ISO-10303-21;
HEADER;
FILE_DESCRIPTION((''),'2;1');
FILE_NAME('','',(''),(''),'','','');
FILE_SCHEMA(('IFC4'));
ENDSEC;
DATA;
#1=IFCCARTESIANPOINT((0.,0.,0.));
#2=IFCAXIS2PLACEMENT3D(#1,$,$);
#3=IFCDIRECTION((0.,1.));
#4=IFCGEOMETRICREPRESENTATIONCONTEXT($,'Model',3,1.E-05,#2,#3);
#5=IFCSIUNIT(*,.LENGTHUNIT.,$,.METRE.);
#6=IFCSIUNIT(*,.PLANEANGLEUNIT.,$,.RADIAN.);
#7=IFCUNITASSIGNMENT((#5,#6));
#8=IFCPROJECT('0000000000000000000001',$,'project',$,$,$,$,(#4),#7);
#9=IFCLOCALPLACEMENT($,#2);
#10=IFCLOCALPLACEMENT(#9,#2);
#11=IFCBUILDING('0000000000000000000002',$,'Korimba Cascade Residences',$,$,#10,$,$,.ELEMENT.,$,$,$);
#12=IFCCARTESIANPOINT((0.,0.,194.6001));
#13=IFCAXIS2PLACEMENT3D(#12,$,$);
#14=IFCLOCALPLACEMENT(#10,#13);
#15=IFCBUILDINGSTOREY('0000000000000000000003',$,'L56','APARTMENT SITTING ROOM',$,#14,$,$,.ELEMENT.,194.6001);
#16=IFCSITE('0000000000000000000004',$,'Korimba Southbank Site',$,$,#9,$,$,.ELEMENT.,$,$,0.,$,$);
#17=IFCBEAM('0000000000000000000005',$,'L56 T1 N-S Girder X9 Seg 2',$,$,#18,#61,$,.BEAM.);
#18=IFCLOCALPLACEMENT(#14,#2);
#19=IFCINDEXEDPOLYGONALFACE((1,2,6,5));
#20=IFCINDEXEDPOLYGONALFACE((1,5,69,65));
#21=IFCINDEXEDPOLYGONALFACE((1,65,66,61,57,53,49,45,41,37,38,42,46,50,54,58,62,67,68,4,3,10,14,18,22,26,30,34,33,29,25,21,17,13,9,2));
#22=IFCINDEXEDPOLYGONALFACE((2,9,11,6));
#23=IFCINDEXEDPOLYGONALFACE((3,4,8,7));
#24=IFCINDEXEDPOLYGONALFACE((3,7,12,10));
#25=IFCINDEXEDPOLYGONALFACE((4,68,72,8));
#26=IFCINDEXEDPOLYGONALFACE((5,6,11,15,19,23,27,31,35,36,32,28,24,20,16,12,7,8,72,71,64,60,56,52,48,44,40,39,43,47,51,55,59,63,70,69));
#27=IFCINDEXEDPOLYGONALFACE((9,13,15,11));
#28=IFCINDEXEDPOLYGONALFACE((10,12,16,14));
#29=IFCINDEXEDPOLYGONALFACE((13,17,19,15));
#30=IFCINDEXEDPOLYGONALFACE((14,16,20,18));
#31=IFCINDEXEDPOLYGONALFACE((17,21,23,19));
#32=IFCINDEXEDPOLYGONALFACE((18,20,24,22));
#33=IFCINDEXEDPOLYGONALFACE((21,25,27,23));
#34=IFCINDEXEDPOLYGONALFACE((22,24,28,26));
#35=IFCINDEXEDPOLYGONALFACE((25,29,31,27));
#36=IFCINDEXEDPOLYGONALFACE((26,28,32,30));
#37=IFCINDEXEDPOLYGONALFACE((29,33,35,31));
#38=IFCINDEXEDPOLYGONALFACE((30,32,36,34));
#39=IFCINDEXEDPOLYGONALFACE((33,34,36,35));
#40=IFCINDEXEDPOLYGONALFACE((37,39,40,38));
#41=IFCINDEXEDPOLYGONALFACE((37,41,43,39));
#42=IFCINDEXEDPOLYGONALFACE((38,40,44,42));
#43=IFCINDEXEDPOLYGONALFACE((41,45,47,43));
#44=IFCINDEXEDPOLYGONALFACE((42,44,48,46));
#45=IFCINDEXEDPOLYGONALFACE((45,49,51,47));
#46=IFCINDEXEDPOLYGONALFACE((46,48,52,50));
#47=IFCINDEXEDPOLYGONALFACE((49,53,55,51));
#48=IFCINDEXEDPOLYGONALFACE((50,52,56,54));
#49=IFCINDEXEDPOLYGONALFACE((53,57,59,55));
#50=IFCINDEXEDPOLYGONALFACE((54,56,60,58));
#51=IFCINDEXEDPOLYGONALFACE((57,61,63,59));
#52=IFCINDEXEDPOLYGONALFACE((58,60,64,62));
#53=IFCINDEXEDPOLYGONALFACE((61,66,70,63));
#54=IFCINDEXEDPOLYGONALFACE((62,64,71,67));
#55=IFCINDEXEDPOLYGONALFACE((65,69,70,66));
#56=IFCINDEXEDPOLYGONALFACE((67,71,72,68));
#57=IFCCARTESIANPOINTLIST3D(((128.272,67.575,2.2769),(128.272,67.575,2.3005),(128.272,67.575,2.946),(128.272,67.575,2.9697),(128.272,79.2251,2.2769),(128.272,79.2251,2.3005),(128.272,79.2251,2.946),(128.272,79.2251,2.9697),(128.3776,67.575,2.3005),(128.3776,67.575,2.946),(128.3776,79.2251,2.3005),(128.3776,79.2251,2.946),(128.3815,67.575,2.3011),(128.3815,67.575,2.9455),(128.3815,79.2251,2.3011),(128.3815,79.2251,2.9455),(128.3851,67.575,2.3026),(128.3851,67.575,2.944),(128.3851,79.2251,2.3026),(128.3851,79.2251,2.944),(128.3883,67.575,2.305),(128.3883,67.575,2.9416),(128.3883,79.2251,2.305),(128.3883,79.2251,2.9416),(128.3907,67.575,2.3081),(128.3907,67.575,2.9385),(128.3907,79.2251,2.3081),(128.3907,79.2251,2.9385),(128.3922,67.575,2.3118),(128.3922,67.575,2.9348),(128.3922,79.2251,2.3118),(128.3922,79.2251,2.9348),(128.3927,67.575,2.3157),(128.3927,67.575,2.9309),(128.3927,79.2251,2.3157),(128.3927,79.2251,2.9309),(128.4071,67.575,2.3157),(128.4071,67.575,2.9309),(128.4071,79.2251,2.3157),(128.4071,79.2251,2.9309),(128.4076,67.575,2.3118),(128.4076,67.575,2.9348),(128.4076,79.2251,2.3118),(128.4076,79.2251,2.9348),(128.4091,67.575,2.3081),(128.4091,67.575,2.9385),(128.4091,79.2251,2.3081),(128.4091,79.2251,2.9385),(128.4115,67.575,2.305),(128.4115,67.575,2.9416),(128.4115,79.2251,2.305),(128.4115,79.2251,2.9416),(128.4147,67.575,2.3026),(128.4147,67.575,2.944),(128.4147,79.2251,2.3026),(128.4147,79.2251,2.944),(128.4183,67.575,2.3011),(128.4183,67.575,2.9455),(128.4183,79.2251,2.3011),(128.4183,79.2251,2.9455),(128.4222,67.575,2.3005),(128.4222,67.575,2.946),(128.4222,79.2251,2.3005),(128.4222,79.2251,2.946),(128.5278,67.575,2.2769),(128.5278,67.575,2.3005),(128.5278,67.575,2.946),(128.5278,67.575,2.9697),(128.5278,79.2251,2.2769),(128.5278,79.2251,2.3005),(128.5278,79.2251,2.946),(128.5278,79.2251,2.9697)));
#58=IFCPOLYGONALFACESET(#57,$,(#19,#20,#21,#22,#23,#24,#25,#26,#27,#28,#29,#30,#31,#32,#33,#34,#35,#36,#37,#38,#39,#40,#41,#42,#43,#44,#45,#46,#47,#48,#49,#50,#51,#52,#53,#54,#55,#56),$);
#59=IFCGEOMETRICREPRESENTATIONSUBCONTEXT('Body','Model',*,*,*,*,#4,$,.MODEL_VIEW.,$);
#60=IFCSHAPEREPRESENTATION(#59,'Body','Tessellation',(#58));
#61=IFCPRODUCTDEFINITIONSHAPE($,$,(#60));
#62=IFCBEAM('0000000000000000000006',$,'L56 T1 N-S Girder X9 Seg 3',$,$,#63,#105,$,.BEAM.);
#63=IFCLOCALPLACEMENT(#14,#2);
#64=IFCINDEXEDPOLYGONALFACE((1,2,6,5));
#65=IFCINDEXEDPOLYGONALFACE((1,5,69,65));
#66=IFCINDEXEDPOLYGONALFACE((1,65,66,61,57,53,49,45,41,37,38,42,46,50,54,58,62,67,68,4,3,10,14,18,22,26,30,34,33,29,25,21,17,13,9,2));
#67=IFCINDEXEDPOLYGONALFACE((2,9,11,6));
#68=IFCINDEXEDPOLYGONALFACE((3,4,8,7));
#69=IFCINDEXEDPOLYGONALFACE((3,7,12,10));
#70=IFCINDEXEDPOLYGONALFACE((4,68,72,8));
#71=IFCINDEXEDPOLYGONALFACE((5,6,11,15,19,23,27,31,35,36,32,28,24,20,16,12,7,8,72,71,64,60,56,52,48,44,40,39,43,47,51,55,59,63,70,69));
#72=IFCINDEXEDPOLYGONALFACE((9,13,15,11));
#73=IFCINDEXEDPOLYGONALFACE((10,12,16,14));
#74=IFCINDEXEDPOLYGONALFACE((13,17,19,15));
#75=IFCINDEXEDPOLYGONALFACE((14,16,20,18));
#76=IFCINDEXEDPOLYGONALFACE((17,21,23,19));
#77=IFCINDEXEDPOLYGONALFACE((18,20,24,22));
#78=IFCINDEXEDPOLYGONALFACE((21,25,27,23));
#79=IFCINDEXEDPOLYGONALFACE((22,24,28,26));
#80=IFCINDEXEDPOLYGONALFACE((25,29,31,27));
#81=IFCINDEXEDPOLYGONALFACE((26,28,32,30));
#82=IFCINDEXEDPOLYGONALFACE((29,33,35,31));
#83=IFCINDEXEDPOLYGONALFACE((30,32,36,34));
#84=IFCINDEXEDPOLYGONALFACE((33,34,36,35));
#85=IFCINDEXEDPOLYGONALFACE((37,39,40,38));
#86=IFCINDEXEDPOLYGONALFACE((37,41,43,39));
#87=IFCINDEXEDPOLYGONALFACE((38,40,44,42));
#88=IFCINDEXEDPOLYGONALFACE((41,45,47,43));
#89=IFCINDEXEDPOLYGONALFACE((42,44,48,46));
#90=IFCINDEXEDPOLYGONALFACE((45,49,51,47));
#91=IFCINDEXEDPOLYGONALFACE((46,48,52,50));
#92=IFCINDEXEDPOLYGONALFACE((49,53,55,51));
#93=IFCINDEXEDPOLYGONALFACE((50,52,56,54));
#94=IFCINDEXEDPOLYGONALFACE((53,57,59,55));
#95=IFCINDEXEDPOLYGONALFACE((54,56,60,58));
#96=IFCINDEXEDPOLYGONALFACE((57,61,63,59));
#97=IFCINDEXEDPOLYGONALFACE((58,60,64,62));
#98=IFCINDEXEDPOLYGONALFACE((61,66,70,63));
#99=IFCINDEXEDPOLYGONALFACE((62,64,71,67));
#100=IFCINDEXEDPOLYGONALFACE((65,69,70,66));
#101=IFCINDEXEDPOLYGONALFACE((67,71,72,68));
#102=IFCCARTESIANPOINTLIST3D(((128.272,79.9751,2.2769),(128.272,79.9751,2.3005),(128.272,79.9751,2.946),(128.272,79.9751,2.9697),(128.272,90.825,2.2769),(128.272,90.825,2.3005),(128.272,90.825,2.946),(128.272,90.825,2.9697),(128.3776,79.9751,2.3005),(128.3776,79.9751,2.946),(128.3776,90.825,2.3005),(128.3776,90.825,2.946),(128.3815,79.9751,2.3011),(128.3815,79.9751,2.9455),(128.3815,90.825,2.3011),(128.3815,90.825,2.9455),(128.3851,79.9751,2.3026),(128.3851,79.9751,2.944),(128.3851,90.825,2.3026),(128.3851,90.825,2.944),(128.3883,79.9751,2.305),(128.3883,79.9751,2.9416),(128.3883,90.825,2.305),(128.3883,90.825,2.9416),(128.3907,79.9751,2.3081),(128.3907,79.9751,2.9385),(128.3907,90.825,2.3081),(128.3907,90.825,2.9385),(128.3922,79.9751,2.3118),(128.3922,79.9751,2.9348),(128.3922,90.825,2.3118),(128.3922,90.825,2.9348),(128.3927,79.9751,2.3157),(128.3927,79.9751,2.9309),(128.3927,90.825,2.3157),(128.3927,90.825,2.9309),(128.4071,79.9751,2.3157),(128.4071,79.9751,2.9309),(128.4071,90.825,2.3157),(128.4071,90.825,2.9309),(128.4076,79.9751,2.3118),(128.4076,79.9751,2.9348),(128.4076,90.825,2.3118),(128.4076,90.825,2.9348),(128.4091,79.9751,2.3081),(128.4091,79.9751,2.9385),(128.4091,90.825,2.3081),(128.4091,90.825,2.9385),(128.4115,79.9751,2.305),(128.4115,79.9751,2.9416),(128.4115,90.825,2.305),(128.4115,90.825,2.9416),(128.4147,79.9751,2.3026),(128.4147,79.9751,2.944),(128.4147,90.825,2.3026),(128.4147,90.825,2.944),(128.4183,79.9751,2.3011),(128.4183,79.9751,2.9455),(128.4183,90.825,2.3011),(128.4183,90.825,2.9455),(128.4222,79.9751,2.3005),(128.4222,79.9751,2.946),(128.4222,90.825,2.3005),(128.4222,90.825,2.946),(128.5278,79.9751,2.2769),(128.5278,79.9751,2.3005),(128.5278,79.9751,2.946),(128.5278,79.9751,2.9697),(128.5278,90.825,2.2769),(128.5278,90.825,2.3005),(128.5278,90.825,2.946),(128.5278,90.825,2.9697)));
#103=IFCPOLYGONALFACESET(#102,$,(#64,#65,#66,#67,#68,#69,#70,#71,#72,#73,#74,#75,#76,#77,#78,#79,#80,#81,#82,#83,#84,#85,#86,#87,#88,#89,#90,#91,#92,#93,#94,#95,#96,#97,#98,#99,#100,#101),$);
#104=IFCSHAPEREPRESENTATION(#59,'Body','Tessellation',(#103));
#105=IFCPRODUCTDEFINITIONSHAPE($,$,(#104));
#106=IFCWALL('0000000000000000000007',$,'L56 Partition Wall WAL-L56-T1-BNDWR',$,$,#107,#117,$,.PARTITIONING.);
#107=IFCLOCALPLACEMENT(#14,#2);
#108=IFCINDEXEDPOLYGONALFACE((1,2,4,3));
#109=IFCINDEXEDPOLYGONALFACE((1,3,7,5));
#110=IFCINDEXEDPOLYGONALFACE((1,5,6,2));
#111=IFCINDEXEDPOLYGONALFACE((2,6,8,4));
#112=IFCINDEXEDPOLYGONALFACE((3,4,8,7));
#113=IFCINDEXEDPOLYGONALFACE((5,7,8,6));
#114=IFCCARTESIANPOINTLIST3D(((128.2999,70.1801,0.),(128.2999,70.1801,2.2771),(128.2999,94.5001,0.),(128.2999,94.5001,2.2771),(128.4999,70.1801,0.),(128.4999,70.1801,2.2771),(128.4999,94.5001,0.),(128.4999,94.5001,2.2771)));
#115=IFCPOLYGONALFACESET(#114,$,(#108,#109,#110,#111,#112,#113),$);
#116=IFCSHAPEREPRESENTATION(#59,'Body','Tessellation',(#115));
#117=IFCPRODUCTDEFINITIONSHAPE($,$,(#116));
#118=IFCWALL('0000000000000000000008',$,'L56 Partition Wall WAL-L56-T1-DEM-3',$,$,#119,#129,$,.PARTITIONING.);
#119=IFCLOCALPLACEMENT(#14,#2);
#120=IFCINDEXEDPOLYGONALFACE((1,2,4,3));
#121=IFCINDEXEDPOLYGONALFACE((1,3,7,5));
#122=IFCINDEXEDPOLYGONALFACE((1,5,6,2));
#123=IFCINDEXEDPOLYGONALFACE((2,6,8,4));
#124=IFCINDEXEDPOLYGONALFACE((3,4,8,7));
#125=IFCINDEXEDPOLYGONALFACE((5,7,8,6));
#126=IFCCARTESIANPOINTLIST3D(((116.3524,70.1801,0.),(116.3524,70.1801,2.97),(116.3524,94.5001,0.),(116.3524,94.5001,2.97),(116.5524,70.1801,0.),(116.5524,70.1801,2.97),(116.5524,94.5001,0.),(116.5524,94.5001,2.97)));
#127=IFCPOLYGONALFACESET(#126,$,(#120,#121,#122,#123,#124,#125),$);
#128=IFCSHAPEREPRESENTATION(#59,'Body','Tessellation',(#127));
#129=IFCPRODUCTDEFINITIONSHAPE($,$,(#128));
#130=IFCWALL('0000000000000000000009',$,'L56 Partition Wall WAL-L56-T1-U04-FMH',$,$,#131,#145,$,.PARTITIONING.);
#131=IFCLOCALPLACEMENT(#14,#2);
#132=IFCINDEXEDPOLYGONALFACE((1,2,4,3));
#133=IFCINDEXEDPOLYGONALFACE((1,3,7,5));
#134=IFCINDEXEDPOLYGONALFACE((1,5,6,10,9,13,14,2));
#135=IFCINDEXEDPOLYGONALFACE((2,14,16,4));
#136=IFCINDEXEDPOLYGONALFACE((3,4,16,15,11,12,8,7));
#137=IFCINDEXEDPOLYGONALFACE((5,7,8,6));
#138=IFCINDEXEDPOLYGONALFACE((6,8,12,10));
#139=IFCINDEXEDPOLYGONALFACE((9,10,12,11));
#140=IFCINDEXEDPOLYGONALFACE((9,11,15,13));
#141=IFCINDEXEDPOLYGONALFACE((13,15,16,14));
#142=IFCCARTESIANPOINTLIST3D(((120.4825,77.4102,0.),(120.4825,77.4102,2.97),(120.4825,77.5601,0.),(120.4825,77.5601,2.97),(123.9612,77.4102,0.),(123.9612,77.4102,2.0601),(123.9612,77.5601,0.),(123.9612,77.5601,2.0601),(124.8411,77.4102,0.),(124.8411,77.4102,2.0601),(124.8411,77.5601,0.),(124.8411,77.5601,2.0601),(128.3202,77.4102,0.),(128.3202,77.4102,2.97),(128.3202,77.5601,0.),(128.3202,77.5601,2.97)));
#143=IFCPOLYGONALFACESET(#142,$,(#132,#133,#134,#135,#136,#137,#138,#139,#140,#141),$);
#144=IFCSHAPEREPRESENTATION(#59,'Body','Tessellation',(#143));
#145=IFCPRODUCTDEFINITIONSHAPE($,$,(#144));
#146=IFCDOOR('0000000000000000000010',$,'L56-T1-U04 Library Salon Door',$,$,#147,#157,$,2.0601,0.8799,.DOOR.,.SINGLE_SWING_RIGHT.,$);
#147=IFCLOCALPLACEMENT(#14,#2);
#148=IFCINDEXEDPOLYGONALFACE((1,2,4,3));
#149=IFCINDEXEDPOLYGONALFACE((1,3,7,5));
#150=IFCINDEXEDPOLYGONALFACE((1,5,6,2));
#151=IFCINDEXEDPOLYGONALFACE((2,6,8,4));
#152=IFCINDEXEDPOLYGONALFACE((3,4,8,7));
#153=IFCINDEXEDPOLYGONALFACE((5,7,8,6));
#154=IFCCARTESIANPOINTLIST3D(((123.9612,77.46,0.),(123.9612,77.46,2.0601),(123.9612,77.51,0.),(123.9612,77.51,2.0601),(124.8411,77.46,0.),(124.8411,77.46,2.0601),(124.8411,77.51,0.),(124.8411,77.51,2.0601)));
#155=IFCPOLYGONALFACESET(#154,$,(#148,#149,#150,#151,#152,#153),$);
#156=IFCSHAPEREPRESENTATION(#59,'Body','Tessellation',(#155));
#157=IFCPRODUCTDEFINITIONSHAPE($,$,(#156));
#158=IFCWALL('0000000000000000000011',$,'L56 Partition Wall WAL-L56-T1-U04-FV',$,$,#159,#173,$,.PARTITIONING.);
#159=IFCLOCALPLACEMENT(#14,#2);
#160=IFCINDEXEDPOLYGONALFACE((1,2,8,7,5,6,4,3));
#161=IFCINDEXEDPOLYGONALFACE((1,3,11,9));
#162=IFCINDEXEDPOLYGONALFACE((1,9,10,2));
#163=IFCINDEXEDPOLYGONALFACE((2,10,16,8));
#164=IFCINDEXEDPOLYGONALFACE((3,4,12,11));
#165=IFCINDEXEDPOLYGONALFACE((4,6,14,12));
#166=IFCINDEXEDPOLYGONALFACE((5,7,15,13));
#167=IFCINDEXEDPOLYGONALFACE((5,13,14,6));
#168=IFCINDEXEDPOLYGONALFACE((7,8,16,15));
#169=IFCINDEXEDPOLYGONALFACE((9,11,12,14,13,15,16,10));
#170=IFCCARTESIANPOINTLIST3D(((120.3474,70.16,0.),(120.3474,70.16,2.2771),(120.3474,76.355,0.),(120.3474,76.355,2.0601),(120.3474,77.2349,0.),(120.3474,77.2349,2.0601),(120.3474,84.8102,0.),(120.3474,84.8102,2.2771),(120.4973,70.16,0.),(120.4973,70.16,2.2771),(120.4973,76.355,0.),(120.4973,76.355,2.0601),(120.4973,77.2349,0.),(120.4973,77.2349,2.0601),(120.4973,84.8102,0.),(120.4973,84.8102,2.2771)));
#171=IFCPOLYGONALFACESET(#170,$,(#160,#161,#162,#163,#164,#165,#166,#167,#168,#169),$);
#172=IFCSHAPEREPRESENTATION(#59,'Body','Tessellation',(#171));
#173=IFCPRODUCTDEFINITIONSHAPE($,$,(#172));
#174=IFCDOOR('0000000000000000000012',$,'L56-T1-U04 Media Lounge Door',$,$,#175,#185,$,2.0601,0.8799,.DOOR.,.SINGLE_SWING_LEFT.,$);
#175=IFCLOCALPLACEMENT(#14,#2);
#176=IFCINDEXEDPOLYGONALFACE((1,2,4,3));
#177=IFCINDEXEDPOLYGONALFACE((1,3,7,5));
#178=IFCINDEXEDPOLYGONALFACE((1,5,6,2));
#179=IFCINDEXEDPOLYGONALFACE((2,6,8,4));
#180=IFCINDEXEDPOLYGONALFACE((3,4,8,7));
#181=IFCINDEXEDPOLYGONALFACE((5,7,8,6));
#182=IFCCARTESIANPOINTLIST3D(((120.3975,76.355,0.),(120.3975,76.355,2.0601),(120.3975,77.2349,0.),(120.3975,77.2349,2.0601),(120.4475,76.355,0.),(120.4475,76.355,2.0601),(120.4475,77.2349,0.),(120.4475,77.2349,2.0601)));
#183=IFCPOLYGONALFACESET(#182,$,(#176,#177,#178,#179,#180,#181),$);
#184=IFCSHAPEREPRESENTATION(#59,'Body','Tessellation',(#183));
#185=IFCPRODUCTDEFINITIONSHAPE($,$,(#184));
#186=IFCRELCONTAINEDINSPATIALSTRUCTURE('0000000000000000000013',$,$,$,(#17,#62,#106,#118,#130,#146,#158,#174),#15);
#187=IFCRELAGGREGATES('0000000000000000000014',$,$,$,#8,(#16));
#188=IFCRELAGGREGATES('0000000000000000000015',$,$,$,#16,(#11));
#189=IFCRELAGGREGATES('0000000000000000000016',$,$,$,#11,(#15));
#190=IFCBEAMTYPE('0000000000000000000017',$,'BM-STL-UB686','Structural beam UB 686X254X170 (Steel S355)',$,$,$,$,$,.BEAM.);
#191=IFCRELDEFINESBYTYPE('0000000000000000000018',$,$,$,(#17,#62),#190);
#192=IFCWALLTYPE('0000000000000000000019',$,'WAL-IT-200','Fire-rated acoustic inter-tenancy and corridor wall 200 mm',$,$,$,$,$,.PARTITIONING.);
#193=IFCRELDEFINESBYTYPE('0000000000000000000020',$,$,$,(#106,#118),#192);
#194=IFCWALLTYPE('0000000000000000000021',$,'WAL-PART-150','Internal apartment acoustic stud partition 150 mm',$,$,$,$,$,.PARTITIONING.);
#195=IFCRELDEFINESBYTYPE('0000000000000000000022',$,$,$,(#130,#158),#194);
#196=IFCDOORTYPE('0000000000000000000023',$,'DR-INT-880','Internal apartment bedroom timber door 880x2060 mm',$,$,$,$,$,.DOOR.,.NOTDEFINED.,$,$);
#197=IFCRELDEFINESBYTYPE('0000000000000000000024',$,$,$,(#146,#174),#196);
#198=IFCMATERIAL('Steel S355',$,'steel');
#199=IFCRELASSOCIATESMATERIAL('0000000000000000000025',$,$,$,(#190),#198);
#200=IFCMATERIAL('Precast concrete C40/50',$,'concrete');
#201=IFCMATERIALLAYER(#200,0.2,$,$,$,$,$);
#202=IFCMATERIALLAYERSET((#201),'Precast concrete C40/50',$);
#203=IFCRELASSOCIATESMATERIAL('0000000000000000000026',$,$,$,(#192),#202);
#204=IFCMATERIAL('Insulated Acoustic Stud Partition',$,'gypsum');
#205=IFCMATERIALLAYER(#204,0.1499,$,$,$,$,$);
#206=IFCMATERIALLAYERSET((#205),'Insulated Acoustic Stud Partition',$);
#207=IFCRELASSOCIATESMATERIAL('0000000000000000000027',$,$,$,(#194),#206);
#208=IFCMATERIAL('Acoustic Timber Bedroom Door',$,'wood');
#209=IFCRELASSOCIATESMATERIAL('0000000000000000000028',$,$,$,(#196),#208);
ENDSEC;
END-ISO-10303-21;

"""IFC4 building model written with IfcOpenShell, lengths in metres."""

from ifc_helpers import new_model, si_unit, direction, frame, frame_2d, origin, origin_2d, place, context, subcontext, project, spatial, rectangle, i_section, extrude, material, layer, layer_set, material_profile, profile_set, type_object, element, fill, save


model = new_model("IFC4")

# Units and contexts
model_context = context("Model", 3, precision=1e-05, world=origin(), true_north=direction((0.0, 1.0)))
body_context = subcontext(model_context, "Body", "Model", "MODEL_VIEW")
ifc_project = project(units=[si_unit("LENGTHUNIT", "METRE"), si_unit("PLANEANGLEUNIT", "RADIAN")], contexts=[model_context])

# Site, building, storey
site_placement = place(None, origin())
site = spatial("IfcSite", under=ifc_project, at=site_placement, Name="Korimba Southbank Site", CompositionType="ELEMENT", RefElevation=0.0)
building_placement = place(site_placement, origin())
building = spatial("IfcBuilding", under=site, at=building_placement, Name="Korimba Cascade Residences", CompositionType="ELEMENT")
storey_placement = place(building_placement, frame((0.0, 0.0, 194.6001)))
storey = spatial("IfcBuildingStorey", under=building, at=storey_placement, Name="L56", Description="APARTMENT SITTING ROOM", CompositionType="ELEMENT", Elevation=194.6001)

# Beams
ifc_material_1 = material(Name="Steel S355", Category="steel")
ifc_material_profile_1 = material_profile(ifc_material_1, i_section(OverallWidth=0.2559, OverallDepth=0.6929, WebThickness=0.0144, FlangeThickness=0.0237, FilletRadius=0.0151, at=origin_2d()), Name="Steel S355")
ifc_profile_set_1 = profile_set([ifc_material_profile_1], Name="Steel S355")
beam_type_1 = type_object("IfcBeamType", Name="BM-STL-UB686", Description="Structural beam UB 686X254X170 (Steel S355)", PredefinedType="BEAM", material=ifc_profile_set_1)
beam_1_placement = place(storey_placement, frame((128.3999, 67.575, 2.6233), z_axis=(0.0, 1.0, 0.0), x_axis=(-1.0, 0.0, 0.0)))
element("IfcBeam", 1, at=beam_1_placement, inside=storey, type_object=beam_type_1, Name="L56 T1 N-S Girder X9 Seg 2", PredefinedType="BEAM", context=body_context, shape_type="SweptSolid", body=[
    extrude(i_section(OverallWidth=0.2559, OverallDepth=0.6929, WebThickness=0.0144, FlangeThickness=0.0237, FilletRadius=0.0151, at=origin_2d()), origin(), (0.0, 0.0, 1.0), 11.6501),
])
beam_2_placement = place(storey_placement, frame((128.3999, 79.9751, 2.6233), z_axis=(0.0, 1.0, 0.0), x_axis=(-1.0, 0.0, 0.0)))
element("IfcBeam", 2, at=beam_2_placement, inside=storey, type_object=beam_type_1, Name="L56 T1 N-S Girder X9 Seg 3", PredefinedType="BEAM", context=body_context, shape_type="SweptSolid", body=[
    extrude(i_section(OverallWidth=0.2559, OverallDepth=0.6929, WebThickness=0.0144, FlangeThickness=0.0237, FilletRadius=0.0151, at=origin_2d()), origin(), (0.0, 0.0, 1.0), 10.8499),
])

# Walls
ifc_material_2 = material(Name="Precast concrete C40/50", Category="concrete")
ifc_layer_1 = layer(ifc_material_2, 0.2)
ifc_layer_set_1 = layer_set([ifc_layer_1], Name="Precast concrete C40/50")
wall_type_1 = type_object("IfcWallType", Name="WAL-IT-200", Description="Fire-rated acoustic inter-tenancy and corridor wall 200 mm", PredefinedType="PARTITIONING", material=ifc_layer_set_1)
wall_1_placement = place(storey_placement, frame((128.3999, 70.1799, 0.0), z_axis=(0.0, 0.0, 1.0), x_axis=(0.0, 1.0, 0.0)))
element("IfcWall", 3, at=wall_1_placement, inside=storey, type_object=wall_type_1, Name="L56 Partition Wall WAL-L56-T1-BNDWR", PredefinedType="PARTITIONING", context=body_context, shape_type="SweptSolid", body=[
    extrude(rectangle(XDim=24.3201, YDim=0.2, at=frame_2d((12.1602, 0.0))), origin(), (0.0, 0.0, 1.0), 2.2771),
])
wall_2_placement = place(storey_placement, frame((116.4524, 70.1799, 0.0), z_axis=(0.0, 0.0, 1.0), x_axis=(0.0, 1.0, 0.0)))
element("IfcWall", 4, at=wall_2_placement, inside=storey, type_object=wall_type_1, Name="L56 Partition Wall WAL-L56-T1-DEM-3", PredefinedType="PARTITIONING", context=body_context, shape_type="SweptSolid", body=[
    extrude(rectangle(XDim=24.3201, YDim=0.2, at=frame_2d((12.1602, 0.0))), origin(), (0.0, 0.0, 1.0), 2.97),
])

# Walls, openings, doors
ifc_material_3 = material(Name="Insulated Acoustic Stud Partition", Category="gypsum")
ifc_layer_2 = layer(ifc_material_3, 0.1499)
ifc_layer_set_2 = layer_set([ifc_layer_2], Name="Insulated Acoustic Stud Partition")
wall_type_2 = type_object("IfcWallType", Name="WAL-PART-150", Description="Internal apartment acoustic stud partition 150 mm", PredefinedType="PARTITIONING", material=ifc_layer_set_2)
wall_3_placement = place(storey_placement, frame((120.4824, 77.4851, 0.0), z_axis=(0.0, 0.0, 1.0), x_axis=(1.0, 0.0, 0.0)))
wall_3 = element("IfcWall", 5, at=wall_3_placement, inside=storey, type_object=wall_type_2, Name="L56 Partition Wall WAL-L56-T1-U04-FMH", PredefinedType="PARTITIONING", context=body_context, shape_type="SweptSolid", body=[
    extrude(rectangle(XDim=7.8376, YDim=0.1499, at=frame_2d((3.9189, 0.0))), origin(), (0.0, 0.0, 1.0), 2.97),
])
opening_1_placement = place(wall_3_placement, frame((3.4788, 0.0, 0.0)))
opening_1 = element("IfcOpeningElement", 6, at=opening_1_placement, cuts=wall_3, PredefinedType="OPENING", context=body_context, shape_type="SweptSolid", body=[
    extrude(rectangle(XDim=0.8799, YDim=2.0601, at=frame_2d((0.4399, 1.03))), frame((0.0, 0.085, 0.0), z_axis=(0.0, -1.0, 0.0), x_axis=(1.0, 0.0, 0.0)), (0.0, 0.0, 1.0), 0.1699),
])
ifc_material_4 = material(Name="Acoustic Timber Bedroom Door", Category="wood")
door_type_1 = type_object("IfcDoorType", Name="DR-INT-880", Description="Internal apartment bedroom timber door 880x2060 mm", OperationType="NOTDEFINED", PredefinedType="DOOR", material=ifc_material_4)
door_1_placement = place(opening_1_placement, origin())
door_1 = element("IfcDoor", 7, at=door_1_placement, inside=storey, type_object=door_type_1, Name="L56-T1-U04 Library Salon Door", OperationType="SINGLE_SWING_RIGHT", OverallHeight=2.0601, OverallWidth=0.8799, PredefinedType="DOOR", context=body_context, shape_type="SweptSolid", body=[
    extrude(rectangle(XDim=0.8799, YDim=2.0601, at=frame_2d((0.4399, 1.03))), frame((0.0, 0.0249, 0.0), z_axis=(0.0, -1.0, 0.0), x_axis=(1.0, 0.0, 0.0)), (0.0, 0.0, 1.0), 0.05),
])
fill(opening_1, door_1)
wall_4_placement = place(storey_placement, frame((120.4224, 70.1599, 0.0), z_axis=(0.0, 0.0, 1.0), x_axis=(0.0, 1.0, 0.0)))
wall_4 = element("IfcWall", 8, at=wall_4_placement, inside=storey, type_object=wall_type_2, Name="L56 Partition Wall WAL-L56-T1-U04-FV", PredefinedType="PARTITIONING", context=body_context, shape_type="SweptSolid", body=[
    extrude(rectangle(XDim=14.6501, YDim=0.1499, at=frame_2d((7.3252, 0.0))), origin(), (0.0, 0.0, 1.0), 2.2771),
])
opening_2_placement = place(wall_4_placement, frame((6.1951, 0.0, 0.0)))
opening_2 = element("IfcOpeningElement", 9, at=opening_2_placement, cuts=wall_4, PredefinedType="OPENING", context=body_context, shape_type="SweptSolid", body=[
    extrude(rectangle(XDim=0.8799, YDim=2.0601, at=frame_2d((0.4399, 1.03))), frame((0.0, 0.085, 0.0), z_axis=(0.0, -1.0, 0.0), x_axis=(1.0, 0.0, 0.0)), (0.0, 0.0, 1.0), 0.1699),
])
door_2_placement = place(opening_2_placement, origin())
door_2 = element("IfcDoor", 10, at=door_2_placement, inside=storey, type_object=door_type_1, Name="L56-T1-U04 Media Lounge Door", OperationType="SINGLE_SWING_LEFT", OverallHeight=2.0601, OverallWidth=0.8799, PredefinedType="DOOR", context=body_context, shape_type="SweptSolid", body=[
    extrude(rectangle(XDim=0.8799, YDim=2.0601, at=frame_2d((0.4399, 1.03))), frame((0.0, 0.0249, 0.0), z_axis=(0.0, -1.0, 0.0), x_axis=(1.0, 0.0, 0.0)), (0.0, 0.0, 1.0), 0.05),
])
fill(opening_2, door_2)

save(model, "model.ifc")
